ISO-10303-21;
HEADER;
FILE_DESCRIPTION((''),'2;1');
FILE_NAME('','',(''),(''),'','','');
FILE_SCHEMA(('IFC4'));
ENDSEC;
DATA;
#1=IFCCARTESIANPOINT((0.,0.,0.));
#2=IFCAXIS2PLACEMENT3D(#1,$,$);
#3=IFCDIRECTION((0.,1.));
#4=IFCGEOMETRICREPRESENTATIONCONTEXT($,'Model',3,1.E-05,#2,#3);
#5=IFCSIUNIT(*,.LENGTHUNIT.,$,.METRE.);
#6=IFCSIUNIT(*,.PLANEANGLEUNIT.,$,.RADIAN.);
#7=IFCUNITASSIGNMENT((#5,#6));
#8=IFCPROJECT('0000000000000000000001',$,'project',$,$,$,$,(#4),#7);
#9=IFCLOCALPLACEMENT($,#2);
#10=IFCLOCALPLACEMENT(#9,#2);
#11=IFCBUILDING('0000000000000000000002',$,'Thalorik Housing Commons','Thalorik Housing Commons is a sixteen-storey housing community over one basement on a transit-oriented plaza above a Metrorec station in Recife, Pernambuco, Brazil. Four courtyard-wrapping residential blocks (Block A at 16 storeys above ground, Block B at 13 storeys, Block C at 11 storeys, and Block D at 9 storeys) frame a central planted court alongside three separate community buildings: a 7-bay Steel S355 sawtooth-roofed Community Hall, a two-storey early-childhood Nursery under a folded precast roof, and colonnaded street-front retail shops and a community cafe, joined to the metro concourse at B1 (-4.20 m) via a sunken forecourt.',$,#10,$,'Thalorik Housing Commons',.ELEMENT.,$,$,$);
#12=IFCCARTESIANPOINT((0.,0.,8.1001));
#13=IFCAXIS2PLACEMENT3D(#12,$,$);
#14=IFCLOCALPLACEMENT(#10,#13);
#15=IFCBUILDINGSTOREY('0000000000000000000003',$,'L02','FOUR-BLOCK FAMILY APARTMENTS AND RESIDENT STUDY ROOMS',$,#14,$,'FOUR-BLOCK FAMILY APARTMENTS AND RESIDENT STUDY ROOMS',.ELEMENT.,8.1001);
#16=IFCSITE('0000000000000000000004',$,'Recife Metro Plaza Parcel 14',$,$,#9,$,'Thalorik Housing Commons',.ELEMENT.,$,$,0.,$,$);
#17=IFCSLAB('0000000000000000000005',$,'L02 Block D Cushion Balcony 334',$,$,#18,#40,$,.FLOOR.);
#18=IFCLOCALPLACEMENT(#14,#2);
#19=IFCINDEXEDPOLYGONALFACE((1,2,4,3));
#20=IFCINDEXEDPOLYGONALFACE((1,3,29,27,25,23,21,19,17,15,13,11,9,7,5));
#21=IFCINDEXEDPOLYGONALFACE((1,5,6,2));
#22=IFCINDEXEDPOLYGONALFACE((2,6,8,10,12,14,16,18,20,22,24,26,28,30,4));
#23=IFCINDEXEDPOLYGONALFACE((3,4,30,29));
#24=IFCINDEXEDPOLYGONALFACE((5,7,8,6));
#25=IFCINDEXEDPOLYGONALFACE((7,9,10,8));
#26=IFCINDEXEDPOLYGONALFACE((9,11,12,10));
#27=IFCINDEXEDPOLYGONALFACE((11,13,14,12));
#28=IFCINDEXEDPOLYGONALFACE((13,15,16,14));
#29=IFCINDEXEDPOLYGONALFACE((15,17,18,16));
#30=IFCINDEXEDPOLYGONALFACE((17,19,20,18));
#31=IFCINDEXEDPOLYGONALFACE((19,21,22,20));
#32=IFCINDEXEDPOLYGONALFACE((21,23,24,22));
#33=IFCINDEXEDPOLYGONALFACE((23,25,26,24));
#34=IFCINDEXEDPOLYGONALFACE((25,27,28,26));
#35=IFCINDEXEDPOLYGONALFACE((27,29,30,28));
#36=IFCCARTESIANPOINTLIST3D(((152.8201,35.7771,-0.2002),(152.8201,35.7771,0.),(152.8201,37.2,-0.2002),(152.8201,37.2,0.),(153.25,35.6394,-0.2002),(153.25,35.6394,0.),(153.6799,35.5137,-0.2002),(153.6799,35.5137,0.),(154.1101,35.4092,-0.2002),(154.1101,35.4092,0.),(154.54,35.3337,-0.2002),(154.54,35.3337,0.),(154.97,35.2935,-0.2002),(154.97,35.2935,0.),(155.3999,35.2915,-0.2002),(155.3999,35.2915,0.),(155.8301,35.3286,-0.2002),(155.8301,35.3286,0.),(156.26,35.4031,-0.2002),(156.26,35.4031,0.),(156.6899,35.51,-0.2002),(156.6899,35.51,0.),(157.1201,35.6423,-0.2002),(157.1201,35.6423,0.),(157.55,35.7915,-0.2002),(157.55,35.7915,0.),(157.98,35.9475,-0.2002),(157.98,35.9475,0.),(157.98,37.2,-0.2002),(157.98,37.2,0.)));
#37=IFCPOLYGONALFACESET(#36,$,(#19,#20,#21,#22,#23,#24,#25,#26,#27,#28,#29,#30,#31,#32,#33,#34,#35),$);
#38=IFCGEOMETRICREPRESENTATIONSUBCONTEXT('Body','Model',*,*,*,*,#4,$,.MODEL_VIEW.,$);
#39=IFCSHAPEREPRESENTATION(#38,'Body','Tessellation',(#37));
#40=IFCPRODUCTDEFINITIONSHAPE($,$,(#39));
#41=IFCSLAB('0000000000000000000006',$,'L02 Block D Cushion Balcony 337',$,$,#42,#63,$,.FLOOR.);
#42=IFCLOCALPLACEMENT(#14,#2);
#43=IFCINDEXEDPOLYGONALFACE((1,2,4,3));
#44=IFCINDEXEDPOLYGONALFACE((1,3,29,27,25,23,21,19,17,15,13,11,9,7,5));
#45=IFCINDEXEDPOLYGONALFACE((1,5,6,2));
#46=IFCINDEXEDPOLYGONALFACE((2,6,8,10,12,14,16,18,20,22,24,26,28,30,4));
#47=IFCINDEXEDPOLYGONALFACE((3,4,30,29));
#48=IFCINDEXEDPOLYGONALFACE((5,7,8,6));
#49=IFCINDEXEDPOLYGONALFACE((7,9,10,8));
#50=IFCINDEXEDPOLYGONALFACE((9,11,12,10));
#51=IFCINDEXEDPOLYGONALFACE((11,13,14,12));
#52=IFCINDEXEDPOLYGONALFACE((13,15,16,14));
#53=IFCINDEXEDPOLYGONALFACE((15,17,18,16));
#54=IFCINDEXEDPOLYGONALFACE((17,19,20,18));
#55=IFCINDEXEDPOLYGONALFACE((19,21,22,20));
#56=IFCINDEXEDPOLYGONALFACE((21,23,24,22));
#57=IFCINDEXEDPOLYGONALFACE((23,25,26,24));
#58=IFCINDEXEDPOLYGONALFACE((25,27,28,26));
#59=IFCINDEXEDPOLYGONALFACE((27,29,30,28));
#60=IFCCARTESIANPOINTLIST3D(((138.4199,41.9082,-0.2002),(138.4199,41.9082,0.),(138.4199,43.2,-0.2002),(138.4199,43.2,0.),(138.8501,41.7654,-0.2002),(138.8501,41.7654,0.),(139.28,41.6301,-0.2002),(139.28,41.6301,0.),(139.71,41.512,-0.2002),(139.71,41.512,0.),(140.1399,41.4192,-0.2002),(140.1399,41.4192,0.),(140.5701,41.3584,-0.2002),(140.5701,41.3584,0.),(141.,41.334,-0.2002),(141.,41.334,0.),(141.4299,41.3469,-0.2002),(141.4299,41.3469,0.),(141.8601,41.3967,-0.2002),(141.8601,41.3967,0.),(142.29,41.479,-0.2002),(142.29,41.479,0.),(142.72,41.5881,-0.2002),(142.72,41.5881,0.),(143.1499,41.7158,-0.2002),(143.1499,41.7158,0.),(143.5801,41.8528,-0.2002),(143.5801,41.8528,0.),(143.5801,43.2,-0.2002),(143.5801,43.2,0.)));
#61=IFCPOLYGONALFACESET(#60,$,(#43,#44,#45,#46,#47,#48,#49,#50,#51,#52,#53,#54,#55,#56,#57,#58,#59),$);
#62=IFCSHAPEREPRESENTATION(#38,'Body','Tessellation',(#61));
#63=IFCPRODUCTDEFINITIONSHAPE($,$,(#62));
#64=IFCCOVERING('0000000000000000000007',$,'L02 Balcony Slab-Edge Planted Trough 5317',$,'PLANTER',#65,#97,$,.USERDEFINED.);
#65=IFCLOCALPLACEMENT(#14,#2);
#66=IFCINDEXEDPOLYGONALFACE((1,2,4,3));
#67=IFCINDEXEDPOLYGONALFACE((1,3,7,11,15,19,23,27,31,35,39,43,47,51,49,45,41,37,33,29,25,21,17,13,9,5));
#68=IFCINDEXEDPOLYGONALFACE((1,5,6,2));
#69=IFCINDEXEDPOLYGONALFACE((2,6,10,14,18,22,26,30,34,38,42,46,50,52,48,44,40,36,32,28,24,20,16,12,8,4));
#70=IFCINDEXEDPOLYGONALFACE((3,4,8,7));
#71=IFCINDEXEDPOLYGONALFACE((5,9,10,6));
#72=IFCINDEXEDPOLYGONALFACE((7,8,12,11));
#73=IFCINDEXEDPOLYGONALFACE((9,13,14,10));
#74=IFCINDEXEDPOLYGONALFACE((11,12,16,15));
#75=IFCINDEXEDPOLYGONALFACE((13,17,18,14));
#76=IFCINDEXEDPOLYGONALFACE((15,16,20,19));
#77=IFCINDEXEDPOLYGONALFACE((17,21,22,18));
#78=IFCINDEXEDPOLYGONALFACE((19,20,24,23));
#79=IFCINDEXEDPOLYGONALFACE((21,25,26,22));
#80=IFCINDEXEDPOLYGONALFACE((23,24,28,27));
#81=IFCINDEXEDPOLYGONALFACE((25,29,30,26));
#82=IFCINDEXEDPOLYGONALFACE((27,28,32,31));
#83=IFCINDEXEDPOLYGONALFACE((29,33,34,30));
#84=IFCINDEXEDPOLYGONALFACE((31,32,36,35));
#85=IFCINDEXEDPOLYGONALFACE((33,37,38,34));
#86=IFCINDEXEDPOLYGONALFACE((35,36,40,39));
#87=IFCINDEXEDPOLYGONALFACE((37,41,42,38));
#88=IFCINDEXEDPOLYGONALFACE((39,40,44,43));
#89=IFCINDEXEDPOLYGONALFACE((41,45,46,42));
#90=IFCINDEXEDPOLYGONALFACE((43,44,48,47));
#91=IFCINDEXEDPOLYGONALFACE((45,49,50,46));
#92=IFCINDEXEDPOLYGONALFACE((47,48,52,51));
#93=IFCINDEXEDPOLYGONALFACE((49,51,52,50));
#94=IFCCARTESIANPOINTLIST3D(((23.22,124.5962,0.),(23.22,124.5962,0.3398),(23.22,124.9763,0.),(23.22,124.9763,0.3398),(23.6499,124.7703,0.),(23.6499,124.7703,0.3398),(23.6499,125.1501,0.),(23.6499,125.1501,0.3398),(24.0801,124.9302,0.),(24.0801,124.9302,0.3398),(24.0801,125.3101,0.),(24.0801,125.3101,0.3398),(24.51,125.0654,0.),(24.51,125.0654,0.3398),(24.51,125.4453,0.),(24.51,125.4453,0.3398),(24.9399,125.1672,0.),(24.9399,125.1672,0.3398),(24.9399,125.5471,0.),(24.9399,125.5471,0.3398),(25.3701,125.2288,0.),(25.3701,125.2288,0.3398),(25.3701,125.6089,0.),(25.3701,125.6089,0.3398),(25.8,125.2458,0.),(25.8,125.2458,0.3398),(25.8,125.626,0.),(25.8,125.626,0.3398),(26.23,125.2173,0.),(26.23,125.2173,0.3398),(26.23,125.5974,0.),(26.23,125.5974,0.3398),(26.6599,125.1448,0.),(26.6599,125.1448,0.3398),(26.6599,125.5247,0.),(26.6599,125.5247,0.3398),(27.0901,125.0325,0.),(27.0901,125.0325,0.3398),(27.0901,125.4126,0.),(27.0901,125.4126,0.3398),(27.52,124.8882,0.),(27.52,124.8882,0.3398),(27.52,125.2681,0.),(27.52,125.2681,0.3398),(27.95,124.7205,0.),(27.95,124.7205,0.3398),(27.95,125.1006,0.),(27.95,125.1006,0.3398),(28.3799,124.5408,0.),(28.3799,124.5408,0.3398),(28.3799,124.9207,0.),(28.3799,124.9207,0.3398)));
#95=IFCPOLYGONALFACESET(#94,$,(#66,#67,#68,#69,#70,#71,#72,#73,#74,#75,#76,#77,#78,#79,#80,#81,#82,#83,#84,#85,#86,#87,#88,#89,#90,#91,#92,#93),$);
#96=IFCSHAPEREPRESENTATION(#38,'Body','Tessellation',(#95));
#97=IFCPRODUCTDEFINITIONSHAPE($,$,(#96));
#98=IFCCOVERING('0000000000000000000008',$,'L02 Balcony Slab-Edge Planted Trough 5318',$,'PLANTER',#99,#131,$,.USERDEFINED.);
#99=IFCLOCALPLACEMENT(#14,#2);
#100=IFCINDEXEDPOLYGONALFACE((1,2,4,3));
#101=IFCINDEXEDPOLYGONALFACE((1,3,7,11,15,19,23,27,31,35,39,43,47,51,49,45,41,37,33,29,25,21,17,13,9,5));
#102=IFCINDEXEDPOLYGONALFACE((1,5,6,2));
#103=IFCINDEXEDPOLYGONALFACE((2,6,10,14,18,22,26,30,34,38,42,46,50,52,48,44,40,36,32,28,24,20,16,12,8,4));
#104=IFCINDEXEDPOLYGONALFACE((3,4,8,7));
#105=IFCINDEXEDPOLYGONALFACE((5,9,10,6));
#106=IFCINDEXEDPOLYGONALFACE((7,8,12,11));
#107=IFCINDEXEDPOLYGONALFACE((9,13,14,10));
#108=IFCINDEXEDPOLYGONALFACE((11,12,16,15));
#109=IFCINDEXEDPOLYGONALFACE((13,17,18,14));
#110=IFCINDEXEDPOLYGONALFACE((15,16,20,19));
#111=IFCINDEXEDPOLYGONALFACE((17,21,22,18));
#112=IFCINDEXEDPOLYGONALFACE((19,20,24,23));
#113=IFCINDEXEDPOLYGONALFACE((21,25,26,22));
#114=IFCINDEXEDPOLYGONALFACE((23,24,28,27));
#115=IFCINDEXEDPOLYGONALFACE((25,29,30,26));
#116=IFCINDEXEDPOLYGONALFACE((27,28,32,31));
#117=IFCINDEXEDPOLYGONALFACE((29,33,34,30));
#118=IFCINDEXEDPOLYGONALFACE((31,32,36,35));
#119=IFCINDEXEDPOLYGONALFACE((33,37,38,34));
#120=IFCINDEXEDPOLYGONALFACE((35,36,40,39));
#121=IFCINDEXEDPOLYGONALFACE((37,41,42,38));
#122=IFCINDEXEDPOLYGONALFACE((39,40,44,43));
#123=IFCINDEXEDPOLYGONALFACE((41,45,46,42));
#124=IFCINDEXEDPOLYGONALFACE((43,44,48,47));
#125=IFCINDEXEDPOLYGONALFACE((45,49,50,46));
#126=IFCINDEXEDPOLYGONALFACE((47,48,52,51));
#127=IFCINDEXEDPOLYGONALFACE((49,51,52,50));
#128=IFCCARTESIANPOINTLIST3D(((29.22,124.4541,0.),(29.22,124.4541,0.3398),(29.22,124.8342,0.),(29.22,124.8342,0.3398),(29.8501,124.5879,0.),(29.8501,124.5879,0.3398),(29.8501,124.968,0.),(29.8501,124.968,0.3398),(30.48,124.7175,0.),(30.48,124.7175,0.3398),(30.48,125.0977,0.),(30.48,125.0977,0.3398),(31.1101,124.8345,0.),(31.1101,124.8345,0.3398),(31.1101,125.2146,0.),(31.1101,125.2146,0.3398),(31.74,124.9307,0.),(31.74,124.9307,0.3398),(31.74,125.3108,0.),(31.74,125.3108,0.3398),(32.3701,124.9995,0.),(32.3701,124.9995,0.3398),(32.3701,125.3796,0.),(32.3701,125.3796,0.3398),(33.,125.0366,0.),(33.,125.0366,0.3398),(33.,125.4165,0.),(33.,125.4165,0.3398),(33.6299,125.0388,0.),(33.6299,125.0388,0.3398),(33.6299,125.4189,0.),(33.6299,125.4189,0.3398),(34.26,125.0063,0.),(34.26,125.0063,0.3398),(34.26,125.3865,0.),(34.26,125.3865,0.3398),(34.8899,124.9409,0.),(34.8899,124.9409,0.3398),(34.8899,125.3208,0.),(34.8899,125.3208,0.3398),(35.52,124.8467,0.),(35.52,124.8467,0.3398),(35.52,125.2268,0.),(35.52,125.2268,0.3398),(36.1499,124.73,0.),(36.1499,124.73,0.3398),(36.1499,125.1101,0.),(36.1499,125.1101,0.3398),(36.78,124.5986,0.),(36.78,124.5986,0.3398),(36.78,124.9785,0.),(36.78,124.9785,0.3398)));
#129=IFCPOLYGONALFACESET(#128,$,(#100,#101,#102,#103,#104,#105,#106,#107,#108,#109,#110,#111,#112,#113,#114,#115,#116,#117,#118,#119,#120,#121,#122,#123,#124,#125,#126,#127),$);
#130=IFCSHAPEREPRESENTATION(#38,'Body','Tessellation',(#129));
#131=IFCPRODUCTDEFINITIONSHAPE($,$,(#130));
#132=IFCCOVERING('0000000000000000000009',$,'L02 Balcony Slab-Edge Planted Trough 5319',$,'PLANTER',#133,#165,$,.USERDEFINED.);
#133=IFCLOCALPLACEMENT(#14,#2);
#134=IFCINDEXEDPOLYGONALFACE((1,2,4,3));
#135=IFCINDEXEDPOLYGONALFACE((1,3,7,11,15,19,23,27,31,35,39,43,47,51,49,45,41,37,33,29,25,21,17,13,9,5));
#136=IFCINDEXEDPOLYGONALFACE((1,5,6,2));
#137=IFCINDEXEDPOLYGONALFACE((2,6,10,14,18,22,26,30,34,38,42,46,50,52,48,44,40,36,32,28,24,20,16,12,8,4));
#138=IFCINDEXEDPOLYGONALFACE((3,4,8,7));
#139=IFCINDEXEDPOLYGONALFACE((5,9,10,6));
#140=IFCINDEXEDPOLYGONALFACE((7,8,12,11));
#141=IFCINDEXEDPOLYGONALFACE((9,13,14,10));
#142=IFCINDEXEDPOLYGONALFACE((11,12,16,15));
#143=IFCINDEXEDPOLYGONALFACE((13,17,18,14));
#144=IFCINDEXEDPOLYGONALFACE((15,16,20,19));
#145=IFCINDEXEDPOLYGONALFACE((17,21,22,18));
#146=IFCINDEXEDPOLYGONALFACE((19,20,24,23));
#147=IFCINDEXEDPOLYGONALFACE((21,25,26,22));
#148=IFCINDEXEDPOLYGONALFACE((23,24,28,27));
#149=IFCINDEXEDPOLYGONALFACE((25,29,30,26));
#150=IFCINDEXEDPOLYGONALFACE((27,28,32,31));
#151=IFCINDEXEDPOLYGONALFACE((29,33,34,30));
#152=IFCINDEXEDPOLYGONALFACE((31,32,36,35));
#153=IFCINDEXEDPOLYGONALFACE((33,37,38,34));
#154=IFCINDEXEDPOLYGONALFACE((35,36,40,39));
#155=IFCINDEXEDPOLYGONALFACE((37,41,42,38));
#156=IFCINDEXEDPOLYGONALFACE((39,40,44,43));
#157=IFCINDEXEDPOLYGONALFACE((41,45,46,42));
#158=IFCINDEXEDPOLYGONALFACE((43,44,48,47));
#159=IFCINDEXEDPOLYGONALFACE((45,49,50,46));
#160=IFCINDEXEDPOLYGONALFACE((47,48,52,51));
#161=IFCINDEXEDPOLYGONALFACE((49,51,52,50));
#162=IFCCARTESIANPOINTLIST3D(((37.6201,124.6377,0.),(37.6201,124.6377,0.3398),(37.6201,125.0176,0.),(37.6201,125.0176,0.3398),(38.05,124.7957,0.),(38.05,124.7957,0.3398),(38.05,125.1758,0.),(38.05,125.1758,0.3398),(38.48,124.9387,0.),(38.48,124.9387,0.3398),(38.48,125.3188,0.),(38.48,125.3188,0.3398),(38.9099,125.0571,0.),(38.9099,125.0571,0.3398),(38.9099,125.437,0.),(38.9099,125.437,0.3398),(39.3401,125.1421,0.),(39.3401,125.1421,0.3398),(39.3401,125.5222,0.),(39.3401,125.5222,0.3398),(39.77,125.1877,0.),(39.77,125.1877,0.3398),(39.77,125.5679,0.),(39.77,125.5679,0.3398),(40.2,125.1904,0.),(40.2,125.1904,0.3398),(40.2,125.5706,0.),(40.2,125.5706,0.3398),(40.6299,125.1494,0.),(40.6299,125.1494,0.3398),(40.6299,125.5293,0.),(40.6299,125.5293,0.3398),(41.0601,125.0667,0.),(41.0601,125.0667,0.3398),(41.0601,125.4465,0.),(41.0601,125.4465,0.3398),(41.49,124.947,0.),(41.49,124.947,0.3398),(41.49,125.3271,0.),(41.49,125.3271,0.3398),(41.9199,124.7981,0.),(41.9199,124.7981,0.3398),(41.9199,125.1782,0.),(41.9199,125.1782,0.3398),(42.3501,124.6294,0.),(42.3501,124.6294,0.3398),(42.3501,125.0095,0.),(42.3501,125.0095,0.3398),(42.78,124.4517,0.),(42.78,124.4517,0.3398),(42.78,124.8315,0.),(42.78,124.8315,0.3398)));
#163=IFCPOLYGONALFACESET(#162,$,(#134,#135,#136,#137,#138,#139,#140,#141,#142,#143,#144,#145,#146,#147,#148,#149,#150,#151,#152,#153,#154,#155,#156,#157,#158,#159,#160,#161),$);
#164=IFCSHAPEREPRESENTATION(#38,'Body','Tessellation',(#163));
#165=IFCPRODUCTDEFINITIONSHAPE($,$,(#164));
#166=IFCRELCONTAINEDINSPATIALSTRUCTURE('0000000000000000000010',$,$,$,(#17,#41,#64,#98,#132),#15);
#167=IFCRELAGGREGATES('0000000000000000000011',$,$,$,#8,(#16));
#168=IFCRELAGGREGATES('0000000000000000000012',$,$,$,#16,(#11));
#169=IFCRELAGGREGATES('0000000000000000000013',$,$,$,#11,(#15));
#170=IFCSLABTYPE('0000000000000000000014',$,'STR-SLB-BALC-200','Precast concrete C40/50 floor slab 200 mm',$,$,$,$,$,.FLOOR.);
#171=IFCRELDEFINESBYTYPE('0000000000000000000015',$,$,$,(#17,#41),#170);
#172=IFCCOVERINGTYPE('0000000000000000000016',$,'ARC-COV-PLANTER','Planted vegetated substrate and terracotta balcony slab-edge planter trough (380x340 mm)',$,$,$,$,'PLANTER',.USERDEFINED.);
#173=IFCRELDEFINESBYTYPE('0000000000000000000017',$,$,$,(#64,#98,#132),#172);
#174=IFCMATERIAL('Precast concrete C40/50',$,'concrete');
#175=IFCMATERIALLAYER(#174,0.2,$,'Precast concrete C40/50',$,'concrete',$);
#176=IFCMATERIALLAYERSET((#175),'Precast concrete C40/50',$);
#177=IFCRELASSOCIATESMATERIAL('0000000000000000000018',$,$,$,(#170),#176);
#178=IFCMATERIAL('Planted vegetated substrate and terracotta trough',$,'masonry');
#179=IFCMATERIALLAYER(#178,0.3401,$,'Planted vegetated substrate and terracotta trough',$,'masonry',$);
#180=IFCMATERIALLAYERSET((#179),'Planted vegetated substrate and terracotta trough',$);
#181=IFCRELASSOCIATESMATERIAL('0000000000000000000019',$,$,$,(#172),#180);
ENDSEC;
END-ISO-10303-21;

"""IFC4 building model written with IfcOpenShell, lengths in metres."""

from ifc_helpers import new_model, si_unit, direction, frame, origin, place, context, subcontext, project, spatial, polyline, outline, extrude, material, layer, layer_set, type_object, element, save


model = new_model("IFC4")

# Units and contexts
model_context = context("Model", 3, precision=1e-05, world=origin(), true_north=direction((0.0, 1.0)))
body_context = subcontext(model_context, "Body", "Model", "MODEL_VIEW")
ifc_project = project(units=[si_unit("LENGTHUNIT", "METRE"), si_unit("PLANEANGLEUNIT", "RADIAN")], contexts=[model_context])

# Site, building, storey
site_placement = place(None, origin())
site = spatial("IfcSite", under=ifc_project, at=site_placement, Name="Recife Metro Plaza Parcel 14", LongName="Thalorik Housing Commons", CompositionType="ELEMENT", RefElevation=0.0)
building_placement = place(site_placement, origin())
building = spatial("IfcBuilding", under=site, at=building_placement, Name="Thalorik Housing Commons", Description="Thalorik Housing Commons is a sixteen-storey housing community over one basement on a transit-oriented plaza above a Metrorec station in Recife, Pernambuco, Brazil. Four courtyard-wrapping residential blocks (Block A at 16 storeys above ground, Block B at 13 storeys, Block C at 11 storeys, and Block D at 9 storeys) frame a central planted court alongside three separate community buildings: a 7-bay Steel S355 sawtooth-roofed Community Hall, a two-storey early-childhood Nursery under a folded precast roof, and colonnaded street-front retail shops and a community cafe, joined to the metro concourse at B1 (-4.20 m) via a sunken forecourt.", LongName="Thalorik Housing Commons", CompositionType="ELEMENT")
storey_placement = place(building_placement, frame((0.0, 0.0, 8.1001)))
storey = spatial("IfcBuildingStorey", under=building, at=storey_placement, Name="L02", Description="FOUR-BLOCK FAMILY APARTMENTS AND RESIDENT STUDY ROOMS", LongName="FOUR-BLOCK FAMILY APARTMENTS AND RESIDENT STUDY ROOMS", CompositionType="ELEMENT", Elevation=8.1001)

# Slabs
ifc_material_1 = material(Name="Precast concrete C40/50", Category="concrete")
ifc_layer_1 = layer(ifc_material_1, 0.2, Name="Precast concrete C40/50", Category="concrete")
ifc_layer_set_1 = layer_set([ifc_layer_1], Name="Precast concrete C40/50")
slab_type = type_object("IfcSlabType", Name="STR-SLB-BALC-200", Description="Precast concrete C40/50 floor slab 200 mm", PredefinedType="FLOOR", material=ifc_layer_set_1)
slab_1_placement = place(storey_placement, frame((0.0, 0.0, -0.2002)))
element("IfcSlab", 1, at=slab_1_placement, inside=storey, type_object=slab_type, Name="L02 Block D Cushion Balcony 334", PredefinedType="FLOOR", context=body_context, shape_type="SweptSolid", body=[
    extrude(outline(polyline([(152.8201, 35.7771), (153.25, 35.6394), (153.6799, 35.5137), (154.1101, 35.4092), (154.54, 35.3337), (154.97, 35.2935), (155.3999, 35.2915), (155.8301, 35.3286), (156.26, 35.4031), (156.6899, 35.51), (157.1201, 35.6423), (157.55, 35.7915), (157.98, 35.9475), (157.98, 37.2), (152.8201, 37.2), (152.8201, 35.7771)])), origin(), (0.0, 0.0, 1.0), 0.2002),
])
slab_2_placement = place(storey_placement, frame((0.0, 0.0, -0.2002)))
element("IfcSlab", 2, at=slab_2_placement, inside=storey, type_object=slab_type, Name="L02 Block D Cushion Balcony 337", PredefinedType="FLOOR", context=body_context, shape_type="SweptSolid", body=[
    extrude(outline(polyline([(138.4199, 41.9082), (138.8501, 41.7654), (139.28, 41.6301), (139.71, 41.512), (140.1399, 41.4192), (140.5701, 41.3584), (141.0, 41.334), (141.4299, 41.3469), (141.8601, 41.3967), (142.29, 41.479), (142.72, 41.5881), (143.1499, 41.7158), (143.5801, 41.8528), (143.5801, 43.2), (138.4199, 43.2), (138.4199, 41.9082)])), origin(), (0.0, 0.0, 1.0), 0.2002),
])

# Coverings
ifc_material_2 = material(Name="Planted vegetated substrate and terracotta trough", Category="masonry")
ifc_layer_2 = layer(ifc_material_2, 0.3401, Name="Planted vegetated substrate and terracotta trough", Category="masonry")
ifc_layer_set_2 = layer_set([ifc_layer_2], Name="Planted vegetated substrate and terracotta trough")
covering_type_1 = type_object("IfcCoveringType", Name="ARC-COV-PLANTER", Description="Planted vegetated substrate and terracotta balcony slab-edge planter trough (380x340 mm)", ElementType="PLANTER", PredefinedType="USERDEFINED", material=ifc_layer_set_2)
covering_1_placement = place(storey_placement, origin())
element("IfcCovering", 3, at=covering_1_placement, inside=storey, type_object=covering_type_1, Name="L02 Balcony Slab-Edge Planted Trough 5317", ObjectType="PLANTER", PredefinedType="USERDEFINED", context=body_context, shape_type="SweptSolid", body=[
    extrude(outline(polyline([(28.3799, 124.9207), (27.95, 125.1006), (27.52, 125.2681), (27.0901, 125.4126), (26.6599, 125.5247), (26.23, 125.5974), (25.8, 125.626), (25.3701, 125.6089), (24.9399, 125.5471), (24.51, 125.4453), (24.0801, 125.3101), (23.6499, 125.1501), (23.22, 124.9763), (23.22, 124.5962), (23.6499, 124.7703), (24.0801, 124.9302), (24.51, 125.0654), (24.9399, 125.1672), (25.3701, 125.2288), (25.8, 125.2458), (26.23, 125.2173), (26.6599, 125.1448), (27.0901, 125.0325), (27.52, 124.8882), (27.95, 124.7205), (28.3799, 124.5408), (28.3799, 124.9207)])), origin(), (0.0, 0.0, 1.0), 0.3398),
])
covering_2_placement = place(storey_placement, origin())
element("IfcCovering", 4, at=covering_2_placement, inside=storey, type_object=covering_type_1, Name="L02 Balcony Slab-Edge Planted Trough 5318", ObjectType="PLANTER", PredefinedType="USERDEFINED", context=body_context, shape_type="SweptSolid", body=[
    extrude(outline(polyline([(36.78, 124.9785), (36.1499, 125.1101), (35.52, 125.2268), (34.8899, 125.3208), (34.26, 125.3865), (33.6299, 125.4189), (33.0, 125.4165), (32.3701, 125.3796), (31.74, 125.3108), (31.1101, 125.2146), (30.48, 125.0977), (29.8501, 124.968), (29.22, 124.8342), (29.22, 124.4541), (29.8501, 124.5879), (30.48, 124.7175), (31.1101, 124.8345), (31.74, 124.9307), (32.3701, 124.9995), (33.0, 125.0366), (33.6299, 125.0388), (34.26, 125.0063), (34.8899, 124.9409), (35.52, 124.8467), (36.1499, 124.73), (36.78, 124.5986), (36.78, 124.9785)])), origin(), (0.0, 0.0, 1.0), 0.3398),
])
covering_3_placement = place(storey_placement, origin())
element("IfcCovering", 5, at=covering_3_placement, inside=storey, type_object=covering_type_1, Name="L02 Balcony Slab-Edge Planted Trough 5319", ObjectType="PLANTER", PredefinedType="USERDEFINED", context=body_context, shape_type="SweptSolid", body=[
    extrude(outline(polyline([(42.78, 124.8315), (42.3501, 125.0095), (41.9199, 125.1782), (41.49, 125.3271), (41.0601, 125.4465), (40.6299, 125.5293), (40.2, 125.5706), (39.77, 125.5679), (39.3401, 125.5222), (38.9099, 125.437), (38.48, 125.3188), (38.05, 125.1758), (37.6201, 125.0176), (37.6201, 124.6377), (38.05, 124.7957), (38.48, 124.9387), (38.9099, 125.0571), (39.3401, 125.1421), (39.77, 125.1877), (40.2, 125.1904), (40.6299, 125.1494), (41.0601, 125.0667), (41.49, 124.947), (41.9199, 124.7981), (42.3501, 124.6294), (42.78, 124.4517), (42.78, 124.8315)])), origin(), (0.0, 0.0, 1.0), 0.3398),
])

save(model, "model.ifc")
